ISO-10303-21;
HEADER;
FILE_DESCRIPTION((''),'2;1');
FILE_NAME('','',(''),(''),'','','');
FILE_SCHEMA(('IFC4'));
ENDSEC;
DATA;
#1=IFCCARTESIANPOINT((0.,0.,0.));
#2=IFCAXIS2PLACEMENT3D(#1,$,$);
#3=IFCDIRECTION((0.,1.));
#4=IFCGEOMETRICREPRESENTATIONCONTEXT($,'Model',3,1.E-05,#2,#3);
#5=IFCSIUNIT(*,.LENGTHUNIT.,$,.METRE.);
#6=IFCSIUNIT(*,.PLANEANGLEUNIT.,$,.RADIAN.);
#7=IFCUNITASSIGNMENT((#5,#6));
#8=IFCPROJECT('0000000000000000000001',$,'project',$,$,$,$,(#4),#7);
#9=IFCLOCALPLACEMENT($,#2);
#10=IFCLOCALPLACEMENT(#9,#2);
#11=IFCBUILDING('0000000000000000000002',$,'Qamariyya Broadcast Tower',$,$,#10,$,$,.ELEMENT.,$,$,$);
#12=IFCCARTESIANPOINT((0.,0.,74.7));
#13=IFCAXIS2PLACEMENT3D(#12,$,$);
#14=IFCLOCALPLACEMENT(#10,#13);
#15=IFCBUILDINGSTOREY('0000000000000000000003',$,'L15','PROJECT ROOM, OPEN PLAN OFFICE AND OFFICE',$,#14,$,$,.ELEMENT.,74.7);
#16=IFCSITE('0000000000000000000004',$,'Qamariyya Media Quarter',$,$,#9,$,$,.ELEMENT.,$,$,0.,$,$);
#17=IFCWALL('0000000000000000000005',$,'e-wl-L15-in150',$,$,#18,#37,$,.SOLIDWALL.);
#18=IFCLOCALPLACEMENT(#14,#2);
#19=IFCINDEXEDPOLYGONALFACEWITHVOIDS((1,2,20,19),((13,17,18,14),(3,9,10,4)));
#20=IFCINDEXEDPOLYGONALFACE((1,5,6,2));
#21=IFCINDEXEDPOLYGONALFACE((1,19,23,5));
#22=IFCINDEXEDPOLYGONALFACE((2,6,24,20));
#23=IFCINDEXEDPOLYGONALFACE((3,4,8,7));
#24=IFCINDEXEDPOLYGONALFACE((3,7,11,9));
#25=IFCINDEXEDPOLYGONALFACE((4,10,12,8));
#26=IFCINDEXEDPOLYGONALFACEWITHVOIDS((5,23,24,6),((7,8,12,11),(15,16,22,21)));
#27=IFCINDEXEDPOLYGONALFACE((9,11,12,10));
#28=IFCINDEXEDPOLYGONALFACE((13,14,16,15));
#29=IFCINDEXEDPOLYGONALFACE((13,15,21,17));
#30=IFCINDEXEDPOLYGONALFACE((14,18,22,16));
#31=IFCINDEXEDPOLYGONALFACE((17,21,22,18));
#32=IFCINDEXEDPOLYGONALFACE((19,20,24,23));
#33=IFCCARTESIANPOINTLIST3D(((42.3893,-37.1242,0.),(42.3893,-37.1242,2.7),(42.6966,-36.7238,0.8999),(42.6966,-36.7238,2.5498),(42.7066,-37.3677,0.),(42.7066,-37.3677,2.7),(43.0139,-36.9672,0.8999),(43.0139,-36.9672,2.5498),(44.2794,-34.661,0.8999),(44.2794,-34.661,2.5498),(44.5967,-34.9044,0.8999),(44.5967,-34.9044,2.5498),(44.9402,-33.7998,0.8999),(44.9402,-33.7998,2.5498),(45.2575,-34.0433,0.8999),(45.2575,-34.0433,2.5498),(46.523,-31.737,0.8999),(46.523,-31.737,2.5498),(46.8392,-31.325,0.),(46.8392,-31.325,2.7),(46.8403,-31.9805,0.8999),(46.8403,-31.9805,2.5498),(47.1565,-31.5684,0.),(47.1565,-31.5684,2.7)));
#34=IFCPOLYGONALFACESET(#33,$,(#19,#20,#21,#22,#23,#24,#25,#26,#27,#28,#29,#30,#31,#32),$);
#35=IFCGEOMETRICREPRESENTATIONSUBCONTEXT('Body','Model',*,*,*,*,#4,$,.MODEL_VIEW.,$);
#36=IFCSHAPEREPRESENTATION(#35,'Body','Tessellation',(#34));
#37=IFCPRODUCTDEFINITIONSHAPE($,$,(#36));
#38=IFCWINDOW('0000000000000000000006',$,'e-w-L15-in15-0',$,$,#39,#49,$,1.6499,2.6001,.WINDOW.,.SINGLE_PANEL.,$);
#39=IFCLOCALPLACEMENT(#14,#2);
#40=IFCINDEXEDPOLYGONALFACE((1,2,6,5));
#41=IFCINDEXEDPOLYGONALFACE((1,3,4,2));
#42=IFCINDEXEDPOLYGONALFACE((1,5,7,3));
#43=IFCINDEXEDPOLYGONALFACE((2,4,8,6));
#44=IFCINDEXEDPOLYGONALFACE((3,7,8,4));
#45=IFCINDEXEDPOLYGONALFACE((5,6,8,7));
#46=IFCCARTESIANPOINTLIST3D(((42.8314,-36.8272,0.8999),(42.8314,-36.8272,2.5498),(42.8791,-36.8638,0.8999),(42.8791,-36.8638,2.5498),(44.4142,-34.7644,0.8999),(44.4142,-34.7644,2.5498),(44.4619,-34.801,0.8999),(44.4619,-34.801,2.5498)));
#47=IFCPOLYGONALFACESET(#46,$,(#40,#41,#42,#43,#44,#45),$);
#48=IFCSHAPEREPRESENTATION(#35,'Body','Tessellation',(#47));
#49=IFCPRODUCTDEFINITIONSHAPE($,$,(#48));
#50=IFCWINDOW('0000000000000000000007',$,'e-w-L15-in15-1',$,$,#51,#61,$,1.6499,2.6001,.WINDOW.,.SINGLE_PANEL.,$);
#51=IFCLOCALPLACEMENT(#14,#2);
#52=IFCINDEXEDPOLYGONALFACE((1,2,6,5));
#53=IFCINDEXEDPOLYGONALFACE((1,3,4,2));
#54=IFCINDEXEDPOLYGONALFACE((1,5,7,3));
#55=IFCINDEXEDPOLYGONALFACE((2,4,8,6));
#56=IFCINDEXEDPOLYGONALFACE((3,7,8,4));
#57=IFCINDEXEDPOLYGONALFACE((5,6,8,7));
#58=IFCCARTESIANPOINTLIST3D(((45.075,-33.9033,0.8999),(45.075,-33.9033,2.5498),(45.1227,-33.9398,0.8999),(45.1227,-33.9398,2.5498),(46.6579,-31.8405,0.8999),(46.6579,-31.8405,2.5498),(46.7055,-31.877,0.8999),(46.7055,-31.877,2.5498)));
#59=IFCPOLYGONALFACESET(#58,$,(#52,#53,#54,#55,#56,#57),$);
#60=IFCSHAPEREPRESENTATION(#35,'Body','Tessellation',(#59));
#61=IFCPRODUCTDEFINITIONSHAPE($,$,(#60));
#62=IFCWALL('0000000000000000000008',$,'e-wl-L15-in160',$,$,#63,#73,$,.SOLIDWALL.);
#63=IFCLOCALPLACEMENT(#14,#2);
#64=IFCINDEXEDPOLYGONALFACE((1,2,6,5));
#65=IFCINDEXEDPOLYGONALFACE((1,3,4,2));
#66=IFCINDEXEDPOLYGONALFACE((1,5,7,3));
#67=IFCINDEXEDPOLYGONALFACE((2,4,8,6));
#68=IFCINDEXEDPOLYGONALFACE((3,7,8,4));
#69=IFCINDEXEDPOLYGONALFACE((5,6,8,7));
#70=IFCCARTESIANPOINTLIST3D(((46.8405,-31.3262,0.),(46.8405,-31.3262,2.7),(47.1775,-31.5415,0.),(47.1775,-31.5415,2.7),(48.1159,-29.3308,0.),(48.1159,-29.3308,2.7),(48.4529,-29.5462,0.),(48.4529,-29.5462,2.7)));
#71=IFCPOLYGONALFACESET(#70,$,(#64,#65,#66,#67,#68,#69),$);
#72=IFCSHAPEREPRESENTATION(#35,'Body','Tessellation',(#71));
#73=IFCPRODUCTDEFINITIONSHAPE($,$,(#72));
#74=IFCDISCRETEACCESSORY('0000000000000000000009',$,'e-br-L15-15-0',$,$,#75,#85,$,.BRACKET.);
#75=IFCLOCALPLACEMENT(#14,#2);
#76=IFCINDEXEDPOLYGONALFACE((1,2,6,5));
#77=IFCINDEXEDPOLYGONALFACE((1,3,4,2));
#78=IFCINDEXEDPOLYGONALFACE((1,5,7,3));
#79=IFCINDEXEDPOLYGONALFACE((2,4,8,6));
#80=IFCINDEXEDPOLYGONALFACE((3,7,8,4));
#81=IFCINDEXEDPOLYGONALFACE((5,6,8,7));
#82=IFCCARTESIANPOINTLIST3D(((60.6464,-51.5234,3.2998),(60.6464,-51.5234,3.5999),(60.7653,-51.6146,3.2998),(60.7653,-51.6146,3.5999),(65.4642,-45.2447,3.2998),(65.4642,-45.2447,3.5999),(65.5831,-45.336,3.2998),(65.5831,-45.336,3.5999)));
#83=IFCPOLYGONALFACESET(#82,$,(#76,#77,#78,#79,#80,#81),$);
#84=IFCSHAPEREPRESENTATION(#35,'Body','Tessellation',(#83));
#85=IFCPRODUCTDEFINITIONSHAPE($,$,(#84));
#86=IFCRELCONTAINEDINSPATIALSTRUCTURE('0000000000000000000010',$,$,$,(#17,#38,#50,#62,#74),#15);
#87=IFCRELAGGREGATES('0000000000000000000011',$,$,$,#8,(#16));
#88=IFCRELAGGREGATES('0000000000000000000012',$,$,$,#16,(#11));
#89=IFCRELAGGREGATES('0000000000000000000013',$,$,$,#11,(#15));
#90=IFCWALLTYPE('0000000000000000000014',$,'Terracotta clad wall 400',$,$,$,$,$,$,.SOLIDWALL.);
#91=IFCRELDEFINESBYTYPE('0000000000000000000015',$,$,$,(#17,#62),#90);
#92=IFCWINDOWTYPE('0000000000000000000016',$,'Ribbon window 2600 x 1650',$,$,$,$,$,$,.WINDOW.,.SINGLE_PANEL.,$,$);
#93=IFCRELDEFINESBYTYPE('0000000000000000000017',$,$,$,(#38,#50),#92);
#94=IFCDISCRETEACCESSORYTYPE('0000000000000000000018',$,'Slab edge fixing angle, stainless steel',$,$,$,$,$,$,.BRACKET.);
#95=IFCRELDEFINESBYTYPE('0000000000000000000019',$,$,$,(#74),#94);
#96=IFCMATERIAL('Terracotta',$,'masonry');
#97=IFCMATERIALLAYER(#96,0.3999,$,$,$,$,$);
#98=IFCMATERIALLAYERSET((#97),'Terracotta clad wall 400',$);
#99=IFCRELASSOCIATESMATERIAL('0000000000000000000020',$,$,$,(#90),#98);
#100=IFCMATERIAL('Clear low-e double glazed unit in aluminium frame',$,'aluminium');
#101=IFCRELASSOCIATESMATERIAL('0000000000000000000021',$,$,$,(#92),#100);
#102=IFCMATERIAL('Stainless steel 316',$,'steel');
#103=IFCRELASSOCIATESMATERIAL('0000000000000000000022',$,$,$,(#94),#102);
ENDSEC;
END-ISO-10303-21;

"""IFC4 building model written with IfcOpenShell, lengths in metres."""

from ifc_helpers import new_model, si_unit, direction, frame, frame_2d, origin, origin_2d, place, context, subcontext, project, spatial, rectangle, extrude, material, layer, layer_set, type_object, element, fill, save


model = new_model("IFC4")

# Units and contexts
model_context = context("Model", 3, precision=1e-05, world=origin(), true_north=direction((0.0, 1.0)))
body_context = subcontext(model_context, "Body", "Model", "MODEL_VIEW")
ifc_project = project(units=[si_unit("LENGTHUNIT", "METRE"), si_unit("PLANEANGLEUNIT", "RADIAN")], contexts=[model_context])

# Site, building, storey
site_placement = place(None, origin())
site = spatial("IfcSite", under=ifc_project, at=site_placement, Name="Qamariyya Media Quarter", CompositionType="ELEMENT", RefElevation=0.0)
building_placement = place(site_placement, origin())
building = spatial("IfcBuilding", under=site, at=building_placement, Name="Qamariyya Broadcast Tower", CompositionType="ELEMENT")
storey_placement = place(building_placement, frame((0.0, 0.0, 74.7)))
storey = spatial("IfcBuildingStorey", under=building, at=storey_placement, Name="L15", Description="PROJECT ROOM, OPEN PLAN OFFICE AND OFFICE", CompositionType="ELEMENT", Elevation=74.7)

# Shared definitions
ifc_material_1 = material(Name="Terracotta", Category="masonry")
ifc_layer = layer(ifc_material_1, 0.3999)
ifc_layer_set = layer_set([ifc_layer], Name="Terracotta clad wall 400")
wall_type = type_object("IfcWallType", Name="Terracotta clad wall 400", PredefinedType="SOLIDWALL", material=ifc_layer_set)
ifc_material_2 = material(Name="Clear low-e double glazed unit in aluminium frame", Category="aluminium")

# Wall, openings, windows
wall_1_placement = place(storey_placement, frame((46.9978, -31.4468, 0.0), z_axis=(0.0, 0.0, 1.0), x_axis=(-0.60876, -0.793355, 0.0)))
wall_1 = element("IfcWall", 1, at=wall_1_placement, inside=storey, type_object=wall_type, Name="e-wl-L15-in150", PredefinedType="SOLIDWALL", context=body_context, shape_type="SweptSolid", body=[
    extrude(rectangle(XDim=7.3098, YDim=0.3999, at=frame_2d((3.6548, 0.0))), origin(), (0.0, 0.0, 1.0), 2.7),
])
opening_1_placement = place(wall_1_placement, frame((4.2048, 0.0, 0.8999)))
opening_1 = element("IfcOpeningElement", 2, at=opening_1_placement, cuts=wall_1, PredefinedType="OPENING", context=body_context, shape_type="SweptSolid", body=[
    extrude(rectangle(XDim=2.6001, YDim=1.6499, at=frame_2d((1.3, 0.825))), frame((0.0, 0.21, 0.0), z_axis=(0.0, -1.0, 0.0), x_axis=(1.0, 0.0, 0.0)), (0.0, 0.0, 1.0), 0.4199),
])
opening_2_placement = place(wall_1_placement, frame((0.5193, 0.0, 0.8999)))
opening_2 = element("IfcOpeningElement", 3, at=opening_2_placement, cuts=wall_1, PredefinedType="OPENING", context=body_context, shape_type="SweptSolid", body=[
    extrude(rectangle(XDim=2.6001, YDim=1.6499, at=frame_2d((1.3, 0.825))), frame((0.0, 0.21, 0.0), z_axis=(0.0, -1.0, 0.0), x_axis=(1.0, 0.0, 0.0)), (0.0, 0.0, 1.0), 0.4199),
])
window_type_1 = type_object("IfcWindowType", Name="Ribbon window 2600 x 1650", PartitioningType="SINGLE_PANEL", PredefinedType="WINDOW", material=ifc_material_2)
window_1_placement = place(opening_1_placement, origin())
window_1 = element("IfcWindow", 4, at=window_1_placement, inside=storey, type_object=window_type_1, Name="e-w-L15-in15-0", OverallHeight=1.6499, OverallWidth=2.6001, PartitioningType="SINGLE_PANEL", PredefinedType="WINDOW", context=body_context, shape_type="SweptSolid", body=[
    extrude(rectangle(XDim=2.6001, YDim=1.6499, at=frame_2d((1.3, 0.825))), frame((0.0, 0.03, 0.0), z_axis=(0.0, -1.0, 0.0), x_axis=(1.0, 0.0, 0.0)), (0.0, 0.0, 1.0), 0.0601),
])
fill(opening_1, window_1)
window_2_placement = place(opening_2_placement, origin())
window_2 = element("IfcWindow", 5, at=window_2_placement, inside=storey, type_object=window_type_1, Name="e-w-L15-in15-1", OverallHeight=1.6499, OverallWidth=2.6001, PartitioningType="SINGLE_PANEL", PredefinedType="WINDOW", context=body_context, shape_type="SweptSolid", body=[
    extrude(rectangle(XDim=2.6001, YDim=1.6499, at=frame_2d((1.3, 0.825))), frame((0.0, 0.03, 0.0), z_axis=(0.0, -1.0, 0.0), x_axis=(1.0, 0.0, 0.0)), (0.0, 0.0, 1.0), 0.0601),
])
fill(opening_2, window_2)

# Wall
wall_2_placement = place(storey_placement, frame((48.2844, -29.4385, 0.0), z_axis=(0.0, 0.0, 1.0), x_axis=(-0.538562, -0.842586, 0.0)))
element("IfcWall", 6, at=wall_2_placement, inside=storey, type_object=wall_type, Name="e-wl-L15-in160", PredefinedType="SOLIDWALL", context=body_context, shape_type="SweptSolid", body=[
    extrude(rectangle(XDim=2.3682, YDim=0.3999, at=frame_2d((1.1841, 0.0))), origin(), (0.0, 0.0, 1.0), 2.7),
])

# Discrete accessory
ifc_material_3 = material(Name="Stainless steel 316", Category="steel")
discrete_accessory_type = type_object("IfcDiscreteAccessoryType", Name="Slab edge fixing angle, stainless steel", PredefinedType="BRACKET", material=ifc_material_3)
discrete_accessory_placement = place(storey_placement, frame((63.1147, -48.4297, 3.2998), z_axis=(0.0, 0.0, 1.0), x_axis=(0.608761, 0.793353, 0.0)))
element("IfcDiscreteAccessory", 7, at=discrete_accessory_placement, inside=storey, type_object=discrete_accessory_type, Name="e-br-L15-15-0", PredefinedType="BRACKET", context=body_context, shape_type="SweptSolid", body=[
    extrude(rectangle(XDim=7.9141, YDim=0.1499, at=origin_2d()), origin(), (0.0, 0.0, 1.0), 0.3),
])

save(model, "model.ifc")
